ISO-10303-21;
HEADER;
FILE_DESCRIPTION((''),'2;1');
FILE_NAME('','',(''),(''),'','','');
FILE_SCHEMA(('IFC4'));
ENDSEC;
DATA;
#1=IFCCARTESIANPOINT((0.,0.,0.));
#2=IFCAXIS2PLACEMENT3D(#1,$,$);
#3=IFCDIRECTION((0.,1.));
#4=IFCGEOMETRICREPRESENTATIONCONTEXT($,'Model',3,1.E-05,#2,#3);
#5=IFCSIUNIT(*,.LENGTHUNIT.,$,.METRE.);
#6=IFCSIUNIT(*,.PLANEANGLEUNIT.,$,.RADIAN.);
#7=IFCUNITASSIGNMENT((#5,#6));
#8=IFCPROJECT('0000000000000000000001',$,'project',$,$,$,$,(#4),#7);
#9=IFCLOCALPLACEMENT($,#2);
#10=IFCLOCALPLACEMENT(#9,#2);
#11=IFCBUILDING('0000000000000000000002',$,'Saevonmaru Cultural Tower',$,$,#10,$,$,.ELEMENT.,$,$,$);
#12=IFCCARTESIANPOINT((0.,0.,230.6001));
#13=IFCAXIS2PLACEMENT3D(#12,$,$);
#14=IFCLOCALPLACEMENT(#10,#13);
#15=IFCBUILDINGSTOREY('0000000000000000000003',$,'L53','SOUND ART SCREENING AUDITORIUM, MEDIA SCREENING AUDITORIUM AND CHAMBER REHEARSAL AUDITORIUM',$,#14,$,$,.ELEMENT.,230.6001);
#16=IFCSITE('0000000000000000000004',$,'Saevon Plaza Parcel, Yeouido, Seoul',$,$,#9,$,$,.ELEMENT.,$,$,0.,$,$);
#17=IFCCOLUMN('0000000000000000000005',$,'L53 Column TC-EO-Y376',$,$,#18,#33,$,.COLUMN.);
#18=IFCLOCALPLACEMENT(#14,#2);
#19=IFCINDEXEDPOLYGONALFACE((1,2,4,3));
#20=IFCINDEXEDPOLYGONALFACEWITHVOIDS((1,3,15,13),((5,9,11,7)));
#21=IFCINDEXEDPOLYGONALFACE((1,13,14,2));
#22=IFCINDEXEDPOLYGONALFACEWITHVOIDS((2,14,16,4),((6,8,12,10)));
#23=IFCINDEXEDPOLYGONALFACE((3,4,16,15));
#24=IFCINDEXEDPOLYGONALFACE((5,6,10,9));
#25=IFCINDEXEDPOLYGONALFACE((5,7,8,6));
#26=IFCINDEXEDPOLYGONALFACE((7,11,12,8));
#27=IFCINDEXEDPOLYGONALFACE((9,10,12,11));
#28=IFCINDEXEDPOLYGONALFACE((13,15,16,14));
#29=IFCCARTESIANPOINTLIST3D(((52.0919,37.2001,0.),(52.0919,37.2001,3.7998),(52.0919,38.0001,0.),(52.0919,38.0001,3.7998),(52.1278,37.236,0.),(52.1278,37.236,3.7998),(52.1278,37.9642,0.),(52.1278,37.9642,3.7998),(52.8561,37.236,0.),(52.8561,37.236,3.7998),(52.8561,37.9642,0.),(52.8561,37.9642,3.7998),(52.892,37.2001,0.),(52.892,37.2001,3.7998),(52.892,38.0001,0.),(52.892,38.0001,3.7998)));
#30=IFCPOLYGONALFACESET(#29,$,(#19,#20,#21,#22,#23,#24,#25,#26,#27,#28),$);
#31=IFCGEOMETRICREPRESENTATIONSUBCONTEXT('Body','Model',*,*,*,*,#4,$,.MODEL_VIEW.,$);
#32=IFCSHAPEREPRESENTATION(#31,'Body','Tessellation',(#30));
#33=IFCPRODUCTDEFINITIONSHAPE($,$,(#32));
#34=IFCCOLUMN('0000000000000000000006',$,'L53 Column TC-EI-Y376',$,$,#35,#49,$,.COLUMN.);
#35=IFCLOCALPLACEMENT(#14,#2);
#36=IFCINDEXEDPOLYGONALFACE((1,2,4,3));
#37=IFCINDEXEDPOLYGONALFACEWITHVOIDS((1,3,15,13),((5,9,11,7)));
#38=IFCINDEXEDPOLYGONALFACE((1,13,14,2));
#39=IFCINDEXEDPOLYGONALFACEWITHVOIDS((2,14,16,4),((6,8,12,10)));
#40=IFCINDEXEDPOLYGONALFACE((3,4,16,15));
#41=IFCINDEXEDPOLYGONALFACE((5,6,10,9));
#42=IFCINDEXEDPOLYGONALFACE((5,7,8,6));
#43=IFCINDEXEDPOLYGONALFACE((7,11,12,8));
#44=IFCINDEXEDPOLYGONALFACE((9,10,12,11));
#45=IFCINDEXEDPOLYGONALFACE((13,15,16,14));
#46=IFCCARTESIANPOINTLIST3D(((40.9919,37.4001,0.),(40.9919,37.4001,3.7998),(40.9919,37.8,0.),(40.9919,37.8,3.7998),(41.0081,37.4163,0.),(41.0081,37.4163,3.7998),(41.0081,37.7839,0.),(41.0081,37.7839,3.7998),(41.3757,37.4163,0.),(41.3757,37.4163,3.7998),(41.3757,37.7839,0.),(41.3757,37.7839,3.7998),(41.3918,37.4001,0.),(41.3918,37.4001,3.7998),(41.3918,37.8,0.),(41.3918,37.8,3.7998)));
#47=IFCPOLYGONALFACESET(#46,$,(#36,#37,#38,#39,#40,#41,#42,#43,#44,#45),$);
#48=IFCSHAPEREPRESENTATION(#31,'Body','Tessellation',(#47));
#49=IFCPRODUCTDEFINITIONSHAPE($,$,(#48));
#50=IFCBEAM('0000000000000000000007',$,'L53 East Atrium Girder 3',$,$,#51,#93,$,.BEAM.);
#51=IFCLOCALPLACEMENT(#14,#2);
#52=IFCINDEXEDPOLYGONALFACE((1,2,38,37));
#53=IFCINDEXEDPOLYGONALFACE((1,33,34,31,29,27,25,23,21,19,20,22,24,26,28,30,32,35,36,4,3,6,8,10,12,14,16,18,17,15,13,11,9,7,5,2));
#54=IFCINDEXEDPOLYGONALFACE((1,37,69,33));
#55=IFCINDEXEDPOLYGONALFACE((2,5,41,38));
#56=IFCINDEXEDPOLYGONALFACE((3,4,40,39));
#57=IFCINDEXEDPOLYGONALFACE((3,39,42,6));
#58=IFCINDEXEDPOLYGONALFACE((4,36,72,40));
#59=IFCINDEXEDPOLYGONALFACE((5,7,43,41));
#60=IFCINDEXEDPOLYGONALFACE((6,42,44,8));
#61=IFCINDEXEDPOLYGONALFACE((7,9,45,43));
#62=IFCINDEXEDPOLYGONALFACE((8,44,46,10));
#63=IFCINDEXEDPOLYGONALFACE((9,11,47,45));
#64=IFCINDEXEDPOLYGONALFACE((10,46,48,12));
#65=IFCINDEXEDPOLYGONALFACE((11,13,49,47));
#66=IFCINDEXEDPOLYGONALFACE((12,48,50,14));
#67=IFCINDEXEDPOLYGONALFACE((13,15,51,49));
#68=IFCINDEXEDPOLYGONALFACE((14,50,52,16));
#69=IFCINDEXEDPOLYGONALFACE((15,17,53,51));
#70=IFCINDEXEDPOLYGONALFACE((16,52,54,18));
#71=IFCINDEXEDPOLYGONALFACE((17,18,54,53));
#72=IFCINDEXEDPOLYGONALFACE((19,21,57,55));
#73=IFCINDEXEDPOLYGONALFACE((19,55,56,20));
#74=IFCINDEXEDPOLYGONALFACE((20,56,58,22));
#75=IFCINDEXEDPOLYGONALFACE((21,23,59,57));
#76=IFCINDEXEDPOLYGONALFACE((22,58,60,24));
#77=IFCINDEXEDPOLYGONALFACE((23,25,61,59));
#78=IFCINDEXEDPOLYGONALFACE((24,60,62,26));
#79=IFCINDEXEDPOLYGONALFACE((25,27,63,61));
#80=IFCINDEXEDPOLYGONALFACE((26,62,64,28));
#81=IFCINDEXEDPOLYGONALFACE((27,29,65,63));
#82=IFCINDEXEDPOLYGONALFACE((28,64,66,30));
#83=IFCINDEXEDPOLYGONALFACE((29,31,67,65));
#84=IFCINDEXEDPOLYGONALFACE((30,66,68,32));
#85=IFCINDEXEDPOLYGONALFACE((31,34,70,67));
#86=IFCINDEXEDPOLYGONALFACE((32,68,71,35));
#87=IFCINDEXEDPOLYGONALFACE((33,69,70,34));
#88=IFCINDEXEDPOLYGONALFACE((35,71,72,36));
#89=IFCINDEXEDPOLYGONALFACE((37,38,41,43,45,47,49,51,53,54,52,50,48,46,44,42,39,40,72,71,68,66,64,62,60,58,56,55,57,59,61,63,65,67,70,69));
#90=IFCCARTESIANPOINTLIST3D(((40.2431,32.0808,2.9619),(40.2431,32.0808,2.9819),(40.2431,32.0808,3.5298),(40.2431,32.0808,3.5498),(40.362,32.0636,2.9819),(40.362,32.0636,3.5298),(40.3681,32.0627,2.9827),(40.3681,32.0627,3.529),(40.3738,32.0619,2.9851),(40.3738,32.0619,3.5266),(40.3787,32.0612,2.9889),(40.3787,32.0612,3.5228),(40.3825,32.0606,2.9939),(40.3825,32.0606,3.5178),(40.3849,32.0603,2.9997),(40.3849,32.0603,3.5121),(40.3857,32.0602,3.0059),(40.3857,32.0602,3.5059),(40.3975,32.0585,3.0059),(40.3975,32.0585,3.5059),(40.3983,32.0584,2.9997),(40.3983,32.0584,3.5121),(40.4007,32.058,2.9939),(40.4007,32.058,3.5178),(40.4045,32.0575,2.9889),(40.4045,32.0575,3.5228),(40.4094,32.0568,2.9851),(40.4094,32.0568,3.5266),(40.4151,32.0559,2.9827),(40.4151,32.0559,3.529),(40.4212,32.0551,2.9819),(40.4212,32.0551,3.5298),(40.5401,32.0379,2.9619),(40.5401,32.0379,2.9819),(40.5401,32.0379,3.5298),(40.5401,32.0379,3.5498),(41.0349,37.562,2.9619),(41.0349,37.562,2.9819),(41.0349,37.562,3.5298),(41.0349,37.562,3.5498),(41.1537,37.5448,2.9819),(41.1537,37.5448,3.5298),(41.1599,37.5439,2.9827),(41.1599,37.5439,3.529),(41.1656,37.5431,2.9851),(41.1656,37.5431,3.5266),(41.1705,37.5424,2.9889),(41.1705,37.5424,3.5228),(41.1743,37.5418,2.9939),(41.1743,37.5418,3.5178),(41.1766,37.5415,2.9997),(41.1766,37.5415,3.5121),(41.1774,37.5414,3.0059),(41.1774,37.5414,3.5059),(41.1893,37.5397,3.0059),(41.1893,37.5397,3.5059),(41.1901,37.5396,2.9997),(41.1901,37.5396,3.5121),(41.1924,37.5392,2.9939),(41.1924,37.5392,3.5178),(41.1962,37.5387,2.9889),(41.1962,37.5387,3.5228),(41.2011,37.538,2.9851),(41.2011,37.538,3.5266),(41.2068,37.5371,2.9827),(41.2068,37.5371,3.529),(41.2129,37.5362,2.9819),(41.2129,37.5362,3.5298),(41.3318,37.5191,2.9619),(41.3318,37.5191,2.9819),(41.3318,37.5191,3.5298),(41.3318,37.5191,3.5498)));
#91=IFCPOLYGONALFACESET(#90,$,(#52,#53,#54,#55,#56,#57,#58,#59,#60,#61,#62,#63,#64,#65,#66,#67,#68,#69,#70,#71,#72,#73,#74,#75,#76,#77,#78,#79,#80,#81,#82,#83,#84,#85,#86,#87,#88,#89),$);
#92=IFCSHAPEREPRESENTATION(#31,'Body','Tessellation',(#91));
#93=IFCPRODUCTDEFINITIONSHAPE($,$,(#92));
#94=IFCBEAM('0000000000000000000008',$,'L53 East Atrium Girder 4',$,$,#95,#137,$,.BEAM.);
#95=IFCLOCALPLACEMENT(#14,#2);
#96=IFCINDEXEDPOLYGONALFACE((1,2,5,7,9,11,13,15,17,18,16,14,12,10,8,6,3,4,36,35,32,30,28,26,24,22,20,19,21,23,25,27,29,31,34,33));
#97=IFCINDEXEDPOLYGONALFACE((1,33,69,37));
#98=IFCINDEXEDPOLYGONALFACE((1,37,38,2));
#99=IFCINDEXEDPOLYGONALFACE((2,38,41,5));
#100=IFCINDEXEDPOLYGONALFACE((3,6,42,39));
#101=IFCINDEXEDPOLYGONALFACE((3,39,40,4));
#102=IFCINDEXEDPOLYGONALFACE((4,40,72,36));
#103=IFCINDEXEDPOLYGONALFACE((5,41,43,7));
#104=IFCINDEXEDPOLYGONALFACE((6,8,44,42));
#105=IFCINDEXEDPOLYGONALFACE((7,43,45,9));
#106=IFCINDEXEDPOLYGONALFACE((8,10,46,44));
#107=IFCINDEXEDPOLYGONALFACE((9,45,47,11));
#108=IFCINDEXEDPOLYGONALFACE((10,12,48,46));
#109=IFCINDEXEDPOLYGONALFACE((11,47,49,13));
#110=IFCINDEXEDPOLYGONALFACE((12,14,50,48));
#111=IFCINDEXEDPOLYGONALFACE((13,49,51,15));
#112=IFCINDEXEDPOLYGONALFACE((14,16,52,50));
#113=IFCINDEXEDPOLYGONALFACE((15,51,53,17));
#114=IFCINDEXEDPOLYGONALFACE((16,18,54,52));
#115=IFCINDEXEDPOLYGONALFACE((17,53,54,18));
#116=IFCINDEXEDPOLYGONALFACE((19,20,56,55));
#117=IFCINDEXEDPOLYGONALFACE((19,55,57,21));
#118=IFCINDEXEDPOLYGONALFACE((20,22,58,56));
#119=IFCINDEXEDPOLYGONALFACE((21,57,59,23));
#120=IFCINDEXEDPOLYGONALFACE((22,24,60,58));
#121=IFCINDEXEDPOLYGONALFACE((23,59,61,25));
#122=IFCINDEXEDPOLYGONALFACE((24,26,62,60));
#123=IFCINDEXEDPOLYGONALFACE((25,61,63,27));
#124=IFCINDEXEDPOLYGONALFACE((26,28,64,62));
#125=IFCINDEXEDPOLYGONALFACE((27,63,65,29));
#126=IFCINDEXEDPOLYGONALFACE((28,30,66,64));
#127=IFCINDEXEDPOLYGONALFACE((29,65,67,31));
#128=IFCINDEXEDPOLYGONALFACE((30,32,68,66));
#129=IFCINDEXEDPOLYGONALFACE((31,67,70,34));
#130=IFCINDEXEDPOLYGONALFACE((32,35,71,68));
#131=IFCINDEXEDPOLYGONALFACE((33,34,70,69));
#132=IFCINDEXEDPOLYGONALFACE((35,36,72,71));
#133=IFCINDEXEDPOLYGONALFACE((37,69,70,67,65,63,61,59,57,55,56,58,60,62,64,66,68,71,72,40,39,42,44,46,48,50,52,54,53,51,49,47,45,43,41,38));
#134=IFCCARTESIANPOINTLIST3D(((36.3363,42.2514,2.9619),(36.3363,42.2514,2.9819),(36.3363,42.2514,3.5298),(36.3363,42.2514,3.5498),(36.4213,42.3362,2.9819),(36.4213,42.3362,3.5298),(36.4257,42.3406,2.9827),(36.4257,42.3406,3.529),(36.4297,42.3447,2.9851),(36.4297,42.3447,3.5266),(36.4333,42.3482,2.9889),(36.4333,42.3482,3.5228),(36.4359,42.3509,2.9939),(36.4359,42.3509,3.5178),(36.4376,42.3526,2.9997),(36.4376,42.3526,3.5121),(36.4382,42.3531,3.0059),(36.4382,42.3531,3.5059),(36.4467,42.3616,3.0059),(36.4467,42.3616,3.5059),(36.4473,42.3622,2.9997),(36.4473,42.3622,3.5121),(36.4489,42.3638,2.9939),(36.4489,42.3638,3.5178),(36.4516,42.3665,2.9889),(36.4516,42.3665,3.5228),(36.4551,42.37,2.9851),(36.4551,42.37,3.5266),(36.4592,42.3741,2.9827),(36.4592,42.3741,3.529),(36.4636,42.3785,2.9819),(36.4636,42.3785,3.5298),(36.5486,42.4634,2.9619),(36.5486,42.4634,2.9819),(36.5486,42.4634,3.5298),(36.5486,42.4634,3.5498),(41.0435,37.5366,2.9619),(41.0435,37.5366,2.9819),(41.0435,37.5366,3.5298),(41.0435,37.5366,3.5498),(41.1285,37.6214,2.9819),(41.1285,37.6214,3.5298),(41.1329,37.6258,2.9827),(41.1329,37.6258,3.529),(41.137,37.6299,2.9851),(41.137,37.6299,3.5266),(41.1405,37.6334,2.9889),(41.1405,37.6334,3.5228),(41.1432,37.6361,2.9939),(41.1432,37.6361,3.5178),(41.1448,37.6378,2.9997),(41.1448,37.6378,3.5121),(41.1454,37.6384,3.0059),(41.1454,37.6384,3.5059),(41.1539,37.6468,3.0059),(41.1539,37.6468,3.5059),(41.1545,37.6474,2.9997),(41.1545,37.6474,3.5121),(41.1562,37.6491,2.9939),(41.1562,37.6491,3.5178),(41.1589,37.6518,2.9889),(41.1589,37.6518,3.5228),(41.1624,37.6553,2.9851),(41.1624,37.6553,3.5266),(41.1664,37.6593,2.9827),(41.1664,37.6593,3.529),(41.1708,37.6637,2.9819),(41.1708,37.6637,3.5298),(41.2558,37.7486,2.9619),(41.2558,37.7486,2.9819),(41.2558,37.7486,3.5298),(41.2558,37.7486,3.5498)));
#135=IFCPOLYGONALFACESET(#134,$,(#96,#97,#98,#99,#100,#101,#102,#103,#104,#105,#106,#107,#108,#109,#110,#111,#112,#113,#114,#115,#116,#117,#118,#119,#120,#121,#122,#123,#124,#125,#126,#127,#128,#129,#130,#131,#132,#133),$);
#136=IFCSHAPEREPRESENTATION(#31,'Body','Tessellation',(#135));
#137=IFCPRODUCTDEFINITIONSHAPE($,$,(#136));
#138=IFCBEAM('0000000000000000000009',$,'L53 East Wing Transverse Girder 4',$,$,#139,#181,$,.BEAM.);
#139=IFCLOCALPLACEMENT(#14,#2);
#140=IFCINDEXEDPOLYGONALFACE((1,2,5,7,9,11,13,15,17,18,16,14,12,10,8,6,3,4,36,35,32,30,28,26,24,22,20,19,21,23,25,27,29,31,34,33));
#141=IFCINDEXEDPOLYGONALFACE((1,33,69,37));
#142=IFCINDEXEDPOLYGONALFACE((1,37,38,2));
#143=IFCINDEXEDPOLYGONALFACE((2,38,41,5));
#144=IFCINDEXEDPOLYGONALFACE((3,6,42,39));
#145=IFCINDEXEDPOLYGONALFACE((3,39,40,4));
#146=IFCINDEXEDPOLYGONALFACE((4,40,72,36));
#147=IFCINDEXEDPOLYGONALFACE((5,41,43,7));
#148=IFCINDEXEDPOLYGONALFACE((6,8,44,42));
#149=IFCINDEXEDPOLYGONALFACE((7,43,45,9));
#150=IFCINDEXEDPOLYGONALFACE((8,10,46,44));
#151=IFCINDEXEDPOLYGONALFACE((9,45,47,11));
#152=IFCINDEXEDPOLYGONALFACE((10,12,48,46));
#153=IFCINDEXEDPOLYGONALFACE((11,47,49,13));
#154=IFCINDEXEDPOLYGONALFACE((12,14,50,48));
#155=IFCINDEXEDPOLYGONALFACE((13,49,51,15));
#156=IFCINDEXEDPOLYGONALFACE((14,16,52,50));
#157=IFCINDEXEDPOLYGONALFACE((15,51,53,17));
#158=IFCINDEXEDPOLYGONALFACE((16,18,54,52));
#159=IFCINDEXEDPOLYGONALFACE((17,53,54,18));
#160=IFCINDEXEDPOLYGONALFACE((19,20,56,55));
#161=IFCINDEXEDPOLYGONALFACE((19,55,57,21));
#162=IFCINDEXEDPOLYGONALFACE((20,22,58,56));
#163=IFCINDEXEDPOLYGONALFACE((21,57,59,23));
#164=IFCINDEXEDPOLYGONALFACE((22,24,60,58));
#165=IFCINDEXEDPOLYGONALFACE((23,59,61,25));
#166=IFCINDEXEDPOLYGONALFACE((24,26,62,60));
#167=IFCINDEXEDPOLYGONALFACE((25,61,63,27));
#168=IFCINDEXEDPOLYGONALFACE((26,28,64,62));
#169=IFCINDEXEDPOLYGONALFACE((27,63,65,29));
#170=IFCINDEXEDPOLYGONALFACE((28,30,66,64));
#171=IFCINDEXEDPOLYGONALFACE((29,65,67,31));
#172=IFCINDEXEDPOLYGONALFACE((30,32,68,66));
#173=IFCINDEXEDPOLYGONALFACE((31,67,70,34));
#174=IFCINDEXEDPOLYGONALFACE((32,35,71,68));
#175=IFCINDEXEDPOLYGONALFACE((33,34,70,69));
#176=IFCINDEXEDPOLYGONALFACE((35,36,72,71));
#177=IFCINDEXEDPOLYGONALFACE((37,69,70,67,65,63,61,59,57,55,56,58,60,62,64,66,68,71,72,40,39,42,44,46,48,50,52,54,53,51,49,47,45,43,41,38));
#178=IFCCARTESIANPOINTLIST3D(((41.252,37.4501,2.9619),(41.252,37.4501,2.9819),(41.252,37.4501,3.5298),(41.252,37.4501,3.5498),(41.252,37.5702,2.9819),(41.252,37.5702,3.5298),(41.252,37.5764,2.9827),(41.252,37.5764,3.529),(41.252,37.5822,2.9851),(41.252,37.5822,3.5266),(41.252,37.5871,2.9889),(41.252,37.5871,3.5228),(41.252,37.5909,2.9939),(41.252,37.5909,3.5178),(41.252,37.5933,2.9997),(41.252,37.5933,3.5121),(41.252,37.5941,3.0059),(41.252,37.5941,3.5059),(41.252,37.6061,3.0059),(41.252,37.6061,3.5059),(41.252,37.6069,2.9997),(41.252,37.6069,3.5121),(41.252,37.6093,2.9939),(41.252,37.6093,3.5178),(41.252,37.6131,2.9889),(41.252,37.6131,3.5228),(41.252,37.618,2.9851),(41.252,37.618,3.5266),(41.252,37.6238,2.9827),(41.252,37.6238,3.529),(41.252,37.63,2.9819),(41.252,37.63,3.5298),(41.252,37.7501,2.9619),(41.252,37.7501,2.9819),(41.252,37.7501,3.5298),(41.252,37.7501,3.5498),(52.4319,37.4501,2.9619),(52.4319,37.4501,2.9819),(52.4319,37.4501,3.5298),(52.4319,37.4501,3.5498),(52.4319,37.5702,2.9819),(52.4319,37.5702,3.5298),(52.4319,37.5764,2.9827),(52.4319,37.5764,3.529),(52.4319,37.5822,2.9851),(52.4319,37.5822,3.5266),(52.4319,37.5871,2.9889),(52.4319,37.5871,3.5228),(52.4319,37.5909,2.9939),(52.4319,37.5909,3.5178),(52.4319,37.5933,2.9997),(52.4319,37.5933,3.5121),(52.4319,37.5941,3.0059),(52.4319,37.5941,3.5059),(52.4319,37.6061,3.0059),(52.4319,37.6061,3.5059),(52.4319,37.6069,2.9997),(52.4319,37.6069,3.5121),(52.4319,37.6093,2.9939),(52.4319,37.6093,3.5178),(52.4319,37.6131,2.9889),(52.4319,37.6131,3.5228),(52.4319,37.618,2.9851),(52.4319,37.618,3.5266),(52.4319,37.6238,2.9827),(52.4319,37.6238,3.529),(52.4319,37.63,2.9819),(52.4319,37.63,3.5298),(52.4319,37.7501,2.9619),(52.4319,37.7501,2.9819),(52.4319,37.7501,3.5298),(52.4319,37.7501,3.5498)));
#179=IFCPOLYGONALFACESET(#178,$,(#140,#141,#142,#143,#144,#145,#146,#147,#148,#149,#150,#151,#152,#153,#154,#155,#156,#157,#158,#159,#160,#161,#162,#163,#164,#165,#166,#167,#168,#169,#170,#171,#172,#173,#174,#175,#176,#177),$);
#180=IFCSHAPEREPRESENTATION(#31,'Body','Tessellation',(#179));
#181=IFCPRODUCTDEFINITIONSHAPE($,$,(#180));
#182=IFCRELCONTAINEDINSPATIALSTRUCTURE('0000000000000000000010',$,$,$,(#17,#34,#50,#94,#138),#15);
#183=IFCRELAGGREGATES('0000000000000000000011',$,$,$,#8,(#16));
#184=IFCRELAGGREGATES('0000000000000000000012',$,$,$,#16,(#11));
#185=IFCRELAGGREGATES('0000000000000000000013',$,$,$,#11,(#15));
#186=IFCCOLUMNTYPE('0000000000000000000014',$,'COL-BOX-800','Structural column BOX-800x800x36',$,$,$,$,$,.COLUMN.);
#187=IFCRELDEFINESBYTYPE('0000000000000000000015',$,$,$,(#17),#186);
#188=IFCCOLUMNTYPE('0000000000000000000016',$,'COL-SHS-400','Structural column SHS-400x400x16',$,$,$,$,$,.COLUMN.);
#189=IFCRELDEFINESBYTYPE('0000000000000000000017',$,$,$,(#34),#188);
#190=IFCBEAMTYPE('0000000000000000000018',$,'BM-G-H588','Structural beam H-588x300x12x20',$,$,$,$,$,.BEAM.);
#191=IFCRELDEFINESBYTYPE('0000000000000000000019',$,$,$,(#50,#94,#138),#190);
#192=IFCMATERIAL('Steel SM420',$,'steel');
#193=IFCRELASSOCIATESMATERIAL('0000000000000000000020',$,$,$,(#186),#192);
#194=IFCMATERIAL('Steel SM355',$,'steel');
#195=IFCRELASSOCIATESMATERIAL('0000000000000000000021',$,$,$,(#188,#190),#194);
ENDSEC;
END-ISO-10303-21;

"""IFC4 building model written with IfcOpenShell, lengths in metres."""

from ifc_helpers import new_model, si_unit, direction, frame, origin, origin_2d, place, context, subcontext, project, spatial, hollow_rectangle, i_section, extrude, material, material_profile, profile_set, type_object, element, save


model = new_model("IFC4")

# Units and contexts
model_context = context("Model", 3, precision=1e-05, world=origin(), true_north=direction((0.0, 1.0)))
body_context = subcontext(model_context, "Body", "Model", "MODEL_VIEW")
ifc_project = project(units=[si_unit("LENGTHUNIT", "METRE"), si_unit("PLANEANGLEUNIT", "RADIAN")], contexts=[model_context])

# Site, building, storey
site_placement = place(None, origin())
site = spatial("IfcSite", under=ifc_project, at=site_placement, Name="Saevon Plaza Parcel, Yeouido, Seoul", CompositionType="ELEMENT", RefElevation=0.0)
building_placement = place(site_placement, origin())
building = spatial("IfcBuilding", under=site, at=building_placement, Name="Saevonmaru Cultural Tower", CompositionType="ELEMENT")
storey_placement = place(building_placement, frame((0.0, 0.0, 230.6001)))
storey = spatial("IfcBuildingStorey", under=building, at=storey_placement, Name="L53", Description="SOUND ART SCREENING AUDITORIUM, MEDIA SCREENING AUDITORIUM AND CHAMBER REHEARSAL AUDITORIUM", CompositionType="ELEMENT", Elevation=230.6001)

# Columns
ifc_material_1 = material(Name="Steel SM420", Category="steel")
ifc_material_profile_1 = material_profile(ifc_material_1, hollow_rectangle(XDim=0.8, YDim=0.8, WallThickness=0.0359, at=origin_2d()), Name="BOX-800x800x36")
ifc_profile_set_1 = profile_set([ifc_material_profile_1], Name="Steel SM420")
column_type_1 = type_object("IfcColumnType", Name="COL-BOX-800", Description="Structural column BOX-800x800x36", PredefinedType="COLUMN", material=ifc_profile_set_1)
column_1_placement = place(storey_placement, frame((52.4919, 37.6001, 0.0), z_axis=(0.0, 0.0, 1.0), x_axis=(1.0, 0.0, 0.0)))
element("IfcColumn", 1, at=column_1_placement, inside=storey, type_object=column_type_1, Name="L53 Column TC-EO-Y376", PredefinedType="COLUMN", context=body_context, shape_type="SweptSolid", body=[
    extrude(hollow_rectangle(XDim=0.8, YDim=0.8, WallThickness=0.0359, at=origin_2d()), origin(), (0.0, 0.0, 1.0), 3.7998),
])
ifc_material_2 = material(Name="Steel SM355", Category="steel")
ifc_material_profile_2 = material_profile(ifc_material_2, hollow_rectangle(XDim=0.3999, YDim=0.3999, WallThickness=0.0161, at=origin_2d()), Name="SHS-400x400x16")
ifc_profile_set_2 = profile_set([ifc_material_profile_2], Name="Steel SM355")
column_type_2 = type_object("IfcColumnType", Name="COL-SHS-400", Description="Structural column SHS-400x400x16", PredefinedType="COLUMN", material=ifc_profile_set_2)
column_2_placement = place(storey_placement, frame((41.1919, 37.6001, 0.0), z_axis=(0.0, 0.0, 1.0), x_axis=(1.0, 0.0, 0.0)))
element("IfcColumn", 2, at=column_2_placement, inside=storey, type_object=column_type_2, Name="L53 Column TC-EI-Y376", PredefinedType="COLUMN", context=body_context, shape_type="SweptSolid", body=[
    extrude(hollow_rectangle(XDim=0.3999, YDim=0.3999, WallThickness=0.0161, at=origin_2d()), origin(), (0.0, 0.0, 1.0), 3.7998),
])

# Beams
ifc_material_profile_3 = material_profile(ifc_material_2, i_section(OverallWidth=0.3, OverallDepth=0.5879, WebThickness=0.012, FlangeThickness=0.02, FilletRadius=0.0239, at=origin_2d()), Name="H-588x300x12x20")
ifc_profile_set_3 = profile_set([ifc_material_profile_3], Name="Steel SM355")
beam_type_1 = type_object("IfcBeamType", Name="BM-G-H588", Description="Structural beam H-588x300x12x20", PredefinedType="BEAM", material=ifc_profile_set_3)
beam_1_placement = place(storey_placement, frame((40.3916, 32.0593, 3.2559), z_axis=(0.142964, 0.989728, 0.0), x_axis=(-0.989728, 0.142964, 0.0)))
element("IfcBeam", 3, at=beam_1_placement, inside=storey, type_object=beam_type_1, Name="L53 East Atrium Girder 3", PredefinedType="BEAM", context=body_context, shape_type="SweptSolid", body=[
    extrude(i_section(OverallWidth=0.3, OverallDepth=0.5879, WebThickness=0.012, FlangeThickness=0.02, FilletRadius=0.0239, at=origin_2d()), origin(), (0.0, 0.0, 1.0), 5.5381),
])
beam_2_placement = place(storey_placement, frame((41.1497, 37.6426, 3.2559), z_axis=(-0.706539, 0.707675, 0.0), x_axis=(-0.707675, -0.706539, 0.0)))
element("IfcBeam", 4, at=beam_2_placement, inside=storey, type_object=beam_type_1, Name="L53 East Atrium Girder 4", PredefinedType="BEAM", context=body_context, shape_type="SweptSolid", body=[
    extrude(i_section(OverallWidth=0.3, OverallDepth=0.5879, WebThickness=0.012, FlangeThickness=0.02, FilletRadius=0.0239, at=origin_2d()), origin(), (0.0, 0.0, 1.0), 6.6624),
])
beam_3_placement = place(storey_placement, frame((41.252, 37.6001, 3.2559), z_axis=(1.0, 0.0, 0.0), x_axis=(0.0, 1.0, 0.0)))
element("IfcBeam", 5, at=beam_3_placement, inside=storey, type_object=beam_type_1, Name="L53 East Wing Transverse Girder 4", PredefinedType="BEAM", context=body_context, shape_type="SweptSolid", body=[
    extrude(i_section(OverallWidth=0.3, OverallDepth=0.5879, WebThickness=0.012, FlangeThickness=0.02, FilletRadius=0.0239, at=origin_2d()), origin(), (0.0, 0.0, 1.0), 11.1799),
])

save(model, "model.ifc")
